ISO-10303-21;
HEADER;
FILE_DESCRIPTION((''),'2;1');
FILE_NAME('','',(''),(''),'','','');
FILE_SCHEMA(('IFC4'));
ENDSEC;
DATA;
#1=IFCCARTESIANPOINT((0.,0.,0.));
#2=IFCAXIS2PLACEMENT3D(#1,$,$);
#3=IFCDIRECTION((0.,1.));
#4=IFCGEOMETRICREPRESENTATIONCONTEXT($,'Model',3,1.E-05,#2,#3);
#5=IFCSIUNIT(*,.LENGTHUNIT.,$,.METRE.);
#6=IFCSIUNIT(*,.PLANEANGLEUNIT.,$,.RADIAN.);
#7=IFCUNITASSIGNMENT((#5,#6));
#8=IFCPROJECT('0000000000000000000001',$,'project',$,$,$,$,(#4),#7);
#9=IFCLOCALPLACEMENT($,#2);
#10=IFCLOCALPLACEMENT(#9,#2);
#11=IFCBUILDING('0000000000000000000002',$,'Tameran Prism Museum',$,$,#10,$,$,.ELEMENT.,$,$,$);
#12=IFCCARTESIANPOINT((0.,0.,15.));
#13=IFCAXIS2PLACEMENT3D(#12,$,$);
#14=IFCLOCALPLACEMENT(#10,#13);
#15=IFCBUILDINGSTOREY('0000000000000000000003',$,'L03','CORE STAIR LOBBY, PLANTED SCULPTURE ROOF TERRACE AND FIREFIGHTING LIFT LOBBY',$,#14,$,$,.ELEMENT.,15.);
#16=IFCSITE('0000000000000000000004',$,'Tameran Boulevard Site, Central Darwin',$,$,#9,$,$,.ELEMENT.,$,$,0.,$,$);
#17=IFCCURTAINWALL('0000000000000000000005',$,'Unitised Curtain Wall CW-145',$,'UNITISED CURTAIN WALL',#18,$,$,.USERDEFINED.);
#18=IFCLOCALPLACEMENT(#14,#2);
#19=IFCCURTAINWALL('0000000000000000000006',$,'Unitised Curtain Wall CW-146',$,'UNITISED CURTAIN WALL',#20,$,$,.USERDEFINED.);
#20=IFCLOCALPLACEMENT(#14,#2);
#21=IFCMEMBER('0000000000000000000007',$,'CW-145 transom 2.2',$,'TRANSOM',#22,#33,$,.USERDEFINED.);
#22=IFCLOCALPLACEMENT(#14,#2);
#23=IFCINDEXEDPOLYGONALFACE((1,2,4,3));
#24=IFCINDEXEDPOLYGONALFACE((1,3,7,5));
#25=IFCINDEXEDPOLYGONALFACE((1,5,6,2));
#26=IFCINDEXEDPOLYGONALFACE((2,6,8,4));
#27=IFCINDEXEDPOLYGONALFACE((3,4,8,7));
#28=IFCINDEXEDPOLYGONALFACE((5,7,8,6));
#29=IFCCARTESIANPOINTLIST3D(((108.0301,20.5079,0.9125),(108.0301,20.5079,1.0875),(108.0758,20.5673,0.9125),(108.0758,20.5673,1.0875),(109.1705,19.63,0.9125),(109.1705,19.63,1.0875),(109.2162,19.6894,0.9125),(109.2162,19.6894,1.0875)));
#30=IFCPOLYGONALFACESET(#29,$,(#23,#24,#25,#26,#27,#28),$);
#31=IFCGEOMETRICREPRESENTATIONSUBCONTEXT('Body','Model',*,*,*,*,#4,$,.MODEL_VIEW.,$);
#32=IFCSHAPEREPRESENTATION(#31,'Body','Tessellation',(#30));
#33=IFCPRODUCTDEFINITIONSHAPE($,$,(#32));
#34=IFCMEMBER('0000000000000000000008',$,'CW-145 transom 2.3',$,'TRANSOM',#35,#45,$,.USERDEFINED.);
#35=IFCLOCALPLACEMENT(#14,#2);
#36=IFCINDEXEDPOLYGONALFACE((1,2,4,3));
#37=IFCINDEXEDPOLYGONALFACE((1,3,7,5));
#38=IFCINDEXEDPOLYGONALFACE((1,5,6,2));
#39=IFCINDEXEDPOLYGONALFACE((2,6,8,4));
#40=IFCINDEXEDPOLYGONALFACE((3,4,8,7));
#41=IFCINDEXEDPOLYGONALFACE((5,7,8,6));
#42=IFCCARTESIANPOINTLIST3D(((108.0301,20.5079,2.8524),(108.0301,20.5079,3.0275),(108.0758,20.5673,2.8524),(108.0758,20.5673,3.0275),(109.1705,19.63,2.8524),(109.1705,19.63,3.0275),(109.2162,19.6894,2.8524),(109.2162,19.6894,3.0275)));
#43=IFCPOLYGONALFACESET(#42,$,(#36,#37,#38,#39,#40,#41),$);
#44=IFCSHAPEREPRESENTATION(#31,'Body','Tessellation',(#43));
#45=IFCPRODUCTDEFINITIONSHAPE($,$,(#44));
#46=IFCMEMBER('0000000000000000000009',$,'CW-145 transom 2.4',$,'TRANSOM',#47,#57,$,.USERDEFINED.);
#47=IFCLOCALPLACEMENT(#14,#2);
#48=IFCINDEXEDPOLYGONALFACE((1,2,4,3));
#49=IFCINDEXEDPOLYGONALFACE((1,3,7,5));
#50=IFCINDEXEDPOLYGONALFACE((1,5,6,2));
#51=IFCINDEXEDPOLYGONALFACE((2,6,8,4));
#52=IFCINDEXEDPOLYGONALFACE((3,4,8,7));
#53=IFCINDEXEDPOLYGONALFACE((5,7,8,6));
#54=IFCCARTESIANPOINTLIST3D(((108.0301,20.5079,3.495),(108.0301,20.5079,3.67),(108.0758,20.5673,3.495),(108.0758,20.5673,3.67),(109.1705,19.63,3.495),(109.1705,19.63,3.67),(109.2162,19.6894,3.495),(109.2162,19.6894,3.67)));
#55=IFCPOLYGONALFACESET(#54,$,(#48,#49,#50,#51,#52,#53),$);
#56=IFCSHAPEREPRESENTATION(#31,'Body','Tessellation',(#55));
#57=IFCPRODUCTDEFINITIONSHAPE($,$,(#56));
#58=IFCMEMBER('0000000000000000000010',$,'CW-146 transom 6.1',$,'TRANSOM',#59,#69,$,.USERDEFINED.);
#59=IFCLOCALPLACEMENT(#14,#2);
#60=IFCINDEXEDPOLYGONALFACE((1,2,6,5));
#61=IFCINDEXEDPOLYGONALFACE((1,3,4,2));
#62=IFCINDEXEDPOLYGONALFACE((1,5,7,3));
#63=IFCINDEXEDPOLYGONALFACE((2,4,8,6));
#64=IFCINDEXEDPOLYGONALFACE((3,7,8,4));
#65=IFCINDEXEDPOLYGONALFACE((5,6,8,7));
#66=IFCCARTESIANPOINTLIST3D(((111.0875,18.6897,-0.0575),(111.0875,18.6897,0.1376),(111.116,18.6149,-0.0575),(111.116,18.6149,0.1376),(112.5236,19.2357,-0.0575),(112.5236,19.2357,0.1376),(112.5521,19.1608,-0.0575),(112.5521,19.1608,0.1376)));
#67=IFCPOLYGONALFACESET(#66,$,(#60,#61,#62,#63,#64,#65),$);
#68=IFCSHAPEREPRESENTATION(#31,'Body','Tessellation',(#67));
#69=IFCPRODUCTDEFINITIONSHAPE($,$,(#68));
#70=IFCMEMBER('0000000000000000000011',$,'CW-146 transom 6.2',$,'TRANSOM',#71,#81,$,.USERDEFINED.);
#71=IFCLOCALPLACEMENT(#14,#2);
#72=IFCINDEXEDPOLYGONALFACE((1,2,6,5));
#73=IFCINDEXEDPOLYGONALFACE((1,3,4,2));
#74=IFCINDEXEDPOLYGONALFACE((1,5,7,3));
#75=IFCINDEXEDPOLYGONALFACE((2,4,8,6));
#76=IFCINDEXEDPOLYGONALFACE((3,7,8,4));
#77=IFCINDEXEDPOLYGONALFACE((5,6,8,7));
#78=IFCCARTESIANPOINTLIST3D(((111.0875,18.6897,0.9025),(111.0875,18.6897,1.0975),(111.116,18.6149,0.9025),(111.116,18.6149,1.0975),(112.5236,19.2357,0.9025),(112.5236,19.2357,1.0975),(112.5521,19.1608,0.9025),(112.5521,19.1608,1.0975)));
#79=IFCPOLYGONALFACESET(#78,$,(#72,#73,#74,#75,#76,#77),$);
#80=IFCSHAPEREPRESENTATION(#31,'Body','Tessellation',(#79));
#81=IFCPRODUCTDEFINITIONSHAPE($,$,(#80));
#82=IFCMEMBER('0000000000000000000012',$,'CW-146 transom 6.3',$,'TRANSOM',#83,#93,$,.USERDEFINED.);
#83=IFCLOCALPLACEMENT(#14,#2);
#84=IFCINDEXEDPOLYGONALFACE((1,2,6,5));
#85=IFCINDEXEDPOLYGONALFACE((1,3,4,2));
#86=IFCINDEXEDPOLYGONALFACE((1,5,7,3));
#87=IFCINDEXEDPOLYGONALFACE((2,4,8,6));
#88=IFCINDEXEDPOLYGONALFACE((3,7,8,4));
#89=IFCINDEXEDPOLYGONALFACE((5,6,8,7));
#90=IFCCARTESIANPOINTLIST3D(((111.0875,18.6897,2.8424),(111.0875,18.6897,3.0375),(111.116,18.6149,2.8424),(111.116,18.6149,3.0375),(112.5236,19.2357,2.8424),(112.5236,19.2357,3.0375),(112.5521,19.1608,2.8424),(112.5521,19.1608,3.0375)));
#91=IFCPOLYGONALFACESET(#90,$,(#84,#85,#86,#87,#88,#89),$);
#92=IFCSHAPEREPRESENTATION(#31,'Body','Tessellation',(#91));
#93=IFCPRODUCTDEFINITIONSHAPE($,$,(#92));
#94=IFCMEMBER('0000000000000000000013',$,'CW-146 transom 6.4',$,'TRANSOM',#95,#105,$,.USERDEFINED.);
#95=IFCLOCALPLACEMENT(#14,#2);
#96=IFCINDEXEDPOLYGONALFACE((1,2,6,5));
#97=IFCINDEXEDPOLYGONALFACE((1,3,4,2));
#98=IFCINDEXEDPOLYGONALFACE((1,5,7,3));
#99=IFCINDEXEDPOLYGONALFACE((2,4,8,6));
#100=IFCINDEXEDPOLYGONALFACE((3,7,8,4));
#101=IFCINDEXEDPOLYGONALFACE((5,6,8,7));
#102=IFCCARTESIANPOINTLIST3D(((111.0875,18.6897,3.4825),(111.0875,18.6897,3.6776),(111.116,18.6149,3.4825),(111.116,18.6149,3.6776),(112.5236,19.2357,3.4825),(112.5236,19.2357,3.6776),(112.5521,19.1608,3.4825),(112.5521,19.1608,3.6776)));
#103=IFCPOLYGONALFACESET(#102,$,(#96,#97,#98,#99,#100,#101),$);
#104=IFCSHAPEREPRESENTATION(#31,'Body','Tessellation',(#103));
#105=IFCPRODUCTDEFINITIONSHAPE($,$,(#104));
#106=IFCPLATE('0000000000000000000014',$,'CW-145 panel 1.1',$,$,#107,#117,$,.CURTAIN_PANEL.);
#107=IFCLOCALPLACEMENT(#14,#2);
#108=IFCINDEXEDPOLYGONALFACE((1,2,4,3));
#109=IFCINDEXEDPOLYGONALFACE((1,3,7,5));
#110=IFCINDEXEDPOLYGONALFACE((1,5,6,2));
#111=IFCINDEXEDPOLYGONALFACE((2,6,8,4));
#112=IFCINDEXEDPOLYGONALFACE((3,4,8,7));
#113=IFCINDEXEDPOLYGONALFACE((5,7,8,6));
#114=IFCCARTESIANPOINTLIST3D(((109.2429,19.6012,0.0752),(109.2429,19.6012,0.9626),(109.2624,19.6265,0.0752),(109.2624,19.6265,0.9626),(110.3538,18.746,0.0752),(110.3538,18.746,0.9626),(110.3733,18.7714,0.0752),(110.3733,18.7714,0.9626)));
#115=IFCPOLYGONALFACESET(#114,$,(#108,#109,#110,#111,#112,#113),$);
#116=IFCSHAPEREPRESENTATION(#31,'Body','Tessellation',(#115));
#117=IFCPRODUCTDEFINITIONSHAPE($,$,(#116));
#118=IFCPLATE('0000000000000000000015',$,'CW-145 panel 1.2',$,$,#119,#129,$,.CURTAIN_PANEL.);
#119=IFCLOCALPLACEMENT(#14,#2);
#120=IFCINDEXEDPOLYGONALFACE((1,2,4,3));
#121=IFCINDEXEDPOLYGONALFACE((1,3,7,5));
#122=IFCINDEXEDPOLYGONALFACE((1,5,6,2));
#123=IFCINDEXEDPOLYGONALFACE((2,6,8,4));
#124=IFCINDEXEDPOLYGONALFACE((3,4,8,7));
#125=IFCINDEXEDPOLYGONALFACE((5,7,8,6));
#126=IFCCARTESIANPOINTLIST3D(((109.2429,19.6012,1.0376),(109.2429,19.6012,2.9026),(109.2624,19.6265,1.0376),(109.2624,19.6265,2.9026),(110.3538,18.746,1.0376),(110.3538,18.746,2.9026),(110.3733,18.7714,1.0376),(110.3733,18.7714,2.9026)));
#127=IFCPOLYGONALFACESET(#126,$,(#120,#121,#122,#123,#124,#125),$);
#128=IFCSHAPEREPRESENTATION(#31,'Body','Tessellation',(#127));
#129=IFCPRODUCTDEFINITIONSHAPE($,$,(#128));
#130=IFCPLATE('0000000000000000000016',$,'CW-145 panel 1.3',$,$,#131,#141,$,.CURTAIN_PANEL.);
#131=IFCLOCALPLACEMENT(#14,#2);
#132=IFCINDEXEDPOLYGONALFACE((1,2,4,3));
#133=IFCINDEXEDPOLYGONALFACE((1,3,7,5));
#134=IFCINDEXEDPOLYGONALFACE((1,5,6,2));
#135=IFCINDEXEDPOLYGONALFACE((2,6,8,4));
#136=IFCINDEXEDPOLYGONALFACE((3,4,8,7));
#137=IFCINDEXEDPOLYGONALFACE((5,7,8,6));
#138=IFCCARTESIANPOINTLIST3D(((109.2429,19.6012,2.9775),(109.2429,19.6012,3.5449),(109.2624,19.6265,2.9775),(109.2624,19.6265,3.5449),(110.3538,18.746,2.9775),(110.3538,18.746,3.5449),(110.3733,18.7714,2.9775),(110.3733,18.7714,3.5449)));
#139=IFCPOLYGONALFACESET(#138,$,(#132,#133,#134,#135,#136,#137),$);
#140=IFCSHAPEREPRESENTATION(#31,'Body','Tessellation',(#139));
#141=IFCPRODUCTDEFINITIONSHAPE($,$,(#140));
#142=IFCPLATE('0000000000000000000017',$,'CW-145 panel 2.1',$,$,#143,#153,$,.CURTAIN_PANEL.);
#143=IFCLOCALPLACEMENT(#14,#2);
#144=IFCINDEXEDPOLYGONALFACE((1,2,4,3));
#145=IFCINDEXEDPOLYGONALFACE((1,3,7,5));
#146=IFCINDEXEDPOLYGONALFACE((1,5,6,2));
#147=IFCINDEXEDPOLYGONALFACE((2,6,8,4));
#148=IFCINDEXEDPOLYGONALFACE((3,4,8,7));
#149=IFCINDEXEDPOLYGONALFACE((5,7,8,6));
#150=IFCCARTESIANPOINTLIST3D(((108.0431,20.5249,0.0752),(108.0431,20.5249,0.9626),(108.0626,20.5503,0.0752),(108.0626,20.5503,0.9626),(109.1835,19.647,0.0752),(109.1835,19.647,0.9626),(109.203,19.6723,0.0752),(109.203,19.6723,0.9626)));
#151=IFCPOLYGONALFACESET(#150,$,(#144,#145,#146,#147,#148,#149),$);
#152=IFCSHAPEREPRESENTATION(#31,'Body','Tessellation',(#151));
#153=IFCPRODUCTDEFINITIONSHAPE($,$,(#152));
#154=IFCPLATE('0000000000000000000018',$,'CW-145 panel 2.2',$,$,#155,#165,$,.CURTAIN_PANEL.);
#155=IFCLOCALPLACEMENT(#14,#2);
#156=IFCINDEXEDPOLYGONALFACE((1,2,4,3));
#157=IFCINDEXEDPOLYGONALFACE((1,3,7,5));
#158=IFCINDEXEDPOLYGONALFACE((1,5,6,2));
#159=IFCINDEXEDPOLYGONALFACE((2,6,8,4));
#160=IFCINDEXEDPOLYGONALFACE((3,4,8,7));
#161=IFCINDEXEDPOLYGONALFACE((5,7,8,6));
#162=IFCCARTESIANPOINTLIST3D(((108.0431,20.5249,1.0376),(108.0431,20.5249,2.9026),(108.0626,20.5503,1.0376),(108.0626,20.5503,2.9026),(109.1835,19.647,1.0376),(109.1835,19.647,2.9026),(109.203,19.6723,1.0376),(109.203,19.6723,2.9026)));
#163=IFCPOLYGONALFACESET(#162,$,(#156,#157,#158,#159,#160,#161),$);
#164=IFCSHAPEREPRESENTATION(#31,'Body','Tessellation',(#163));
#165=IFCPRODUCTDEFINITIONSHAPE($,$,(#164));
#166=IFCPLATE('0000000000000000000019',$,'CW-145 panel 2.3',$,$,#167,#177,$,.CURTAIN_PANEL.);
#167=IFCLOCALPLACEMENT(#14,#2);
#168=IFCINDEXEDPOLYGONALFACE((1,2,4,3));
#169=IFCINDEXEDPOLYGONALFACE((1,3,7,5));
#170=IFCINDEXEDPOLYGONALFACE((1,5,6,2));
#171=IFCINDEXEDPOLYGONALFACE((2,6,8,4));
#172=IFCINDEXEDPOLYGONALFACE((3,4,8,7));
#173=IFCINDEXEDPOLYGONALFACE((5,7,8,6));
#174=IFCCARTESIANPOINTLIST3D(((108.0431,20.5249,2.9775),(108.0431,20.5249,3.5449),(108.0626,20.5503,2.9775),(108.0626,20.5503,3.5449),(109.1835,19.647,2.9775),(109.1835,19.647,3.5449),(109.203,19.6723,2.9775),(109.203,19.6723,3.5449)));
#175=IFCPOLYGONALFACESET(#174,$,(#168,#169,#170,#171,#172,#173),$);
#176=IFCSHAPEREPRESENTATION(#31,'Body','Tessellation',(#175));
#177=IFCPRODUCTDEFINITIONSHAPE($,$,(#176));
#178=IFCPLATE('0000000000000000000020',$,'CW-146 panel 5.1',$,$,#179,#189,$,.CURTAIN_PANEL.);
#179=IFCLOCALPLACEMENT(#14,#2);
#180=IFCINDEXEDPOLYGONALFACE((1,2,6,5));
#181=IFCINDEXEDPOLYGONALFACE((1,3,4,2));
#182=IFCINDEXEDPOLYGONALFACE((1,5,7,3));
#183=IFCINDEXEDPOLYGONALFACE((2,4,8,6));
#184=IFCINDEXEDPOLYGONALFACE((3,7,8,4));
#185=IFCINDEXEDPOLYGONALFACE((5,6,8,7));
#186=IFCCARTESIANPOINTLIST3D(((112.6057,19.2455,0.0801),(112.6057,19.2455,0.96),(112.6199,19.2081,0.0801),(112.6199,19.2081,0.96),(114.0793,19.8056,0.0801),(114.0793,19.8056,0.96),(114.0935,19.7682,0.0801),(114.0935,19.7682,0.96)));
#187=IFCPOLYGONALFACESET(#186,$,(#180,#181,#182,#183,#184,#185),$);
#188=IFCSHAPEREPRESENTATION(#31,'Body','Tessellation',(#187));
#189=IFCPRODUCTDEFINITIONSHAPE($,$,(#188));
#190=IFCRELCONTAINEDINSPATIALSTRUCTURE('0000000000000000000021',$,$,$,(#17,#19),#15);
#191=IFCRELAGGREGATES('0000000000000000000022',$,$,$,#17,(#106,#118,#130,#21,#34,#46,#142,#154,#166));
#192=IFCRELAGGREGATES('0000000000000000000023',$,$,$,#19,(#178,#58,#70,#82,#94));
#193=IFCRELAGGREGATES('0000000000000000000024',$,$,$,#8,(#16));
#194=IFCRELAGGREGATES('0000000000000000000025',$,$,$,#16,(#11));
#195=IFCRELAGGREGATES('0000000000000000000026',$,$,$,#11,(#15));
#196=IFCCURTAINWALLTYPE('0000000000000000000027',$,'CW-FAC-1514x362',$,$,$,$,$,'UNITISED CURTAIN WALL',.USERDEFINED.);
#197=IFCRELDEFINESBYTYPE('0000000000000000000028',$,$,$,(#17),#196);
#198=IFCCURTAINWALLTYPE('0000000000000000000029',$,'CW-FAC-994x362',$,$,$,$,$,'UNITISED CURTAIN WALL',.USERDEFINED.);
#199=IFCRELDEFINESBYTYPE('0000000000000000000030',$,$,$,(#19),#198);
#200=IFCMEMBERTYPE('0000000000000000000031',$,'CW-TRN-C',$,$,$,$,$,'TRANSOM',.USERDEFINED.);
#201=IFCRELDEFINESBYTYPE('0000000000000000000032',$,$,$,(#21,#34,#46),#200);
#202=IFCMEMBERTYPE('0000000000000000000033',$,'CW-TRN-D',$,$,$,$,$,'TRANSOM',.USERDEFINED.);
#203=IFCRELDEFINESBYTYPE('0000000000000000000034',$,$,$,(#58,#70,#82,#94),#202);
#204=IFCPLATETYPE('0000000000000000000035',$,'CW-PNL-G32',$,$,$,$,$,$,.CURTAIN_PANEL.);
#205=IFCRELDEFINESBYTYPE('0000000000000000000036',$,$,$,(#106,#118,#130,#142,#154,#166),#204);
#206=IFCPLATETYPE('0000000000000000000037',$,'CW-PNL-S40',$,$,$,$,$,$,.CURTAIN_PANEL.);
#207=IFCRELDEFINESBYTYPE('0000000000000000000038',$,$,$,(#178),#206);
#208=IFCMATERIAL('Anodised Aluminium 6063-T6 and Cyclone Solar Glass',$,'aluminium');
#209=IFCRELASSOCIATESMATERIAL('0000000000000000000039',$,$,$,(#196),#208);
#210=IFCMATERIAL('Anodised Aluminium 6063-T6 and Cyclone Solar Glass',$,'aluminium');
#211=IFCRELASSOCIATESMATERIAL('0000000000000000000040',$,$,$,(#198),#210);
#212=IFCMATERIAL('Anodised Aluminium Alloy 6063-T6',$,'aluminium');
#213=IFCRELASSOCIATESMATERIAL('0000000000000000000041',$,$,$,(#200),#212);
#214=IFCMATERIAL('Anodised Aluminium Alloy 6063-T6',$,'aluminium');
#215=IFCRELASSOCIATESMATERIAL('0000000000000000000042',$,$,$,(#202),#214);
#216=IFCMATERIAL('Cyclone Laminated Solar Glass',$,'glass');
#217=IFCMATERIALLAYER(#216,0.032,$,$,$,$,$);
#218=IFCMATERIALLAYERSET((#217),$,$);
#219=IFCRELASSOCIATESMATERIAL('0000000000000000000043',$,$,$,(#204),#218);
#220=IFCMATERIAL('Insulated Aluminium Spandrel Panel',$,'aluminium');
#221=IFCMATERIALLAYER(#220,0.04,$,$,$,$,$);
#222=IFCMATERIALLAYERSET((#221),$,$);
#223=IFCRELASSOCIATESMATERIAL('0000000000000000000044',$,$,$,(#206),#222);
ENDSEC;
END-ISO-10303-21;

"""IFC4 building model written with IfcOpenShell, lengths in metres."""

from ifc_helpers import new_model, si_unit, direction, frame, origin, origin_2d, place, context, subcontext, project, spatial, rectangle, extrude, material, layer, layer_set, material_profile, profile_set, type_object, element, aggregate, save


model = new_model("IFC4")

# Units and contexts
model_context = context("Model", 3, precision=1e-05, world=origin(), true_north=direction((0.0, 1.0)))
body_context = subcontext(model_context, "Body", "Model", "MODEL_VIEW")
ifc_project = project(units=[si_unit("LENGTHUNIT", "METRE"), si_unit("PLANEANGLEUNIT", "RADIAN")], contexts=[model_context])

# Site, building, storey
site_placement = place(None, origin())
site = spatial("IfcSite", under=ifc_project, at=site_placement, Name="Tameran Boulevard Site, Central Darwin", CompositionType="ELEMENT", RefElevation=0.0)
building_placement = place(site_placement, origin())
building = spatial("IfcBuilding", under=site, at=building_placement, Name="Tameran Prism Museum", CompositionType="ELEMENT")
storey_placement = place(building_placement, frame((0.0, 0.0, 15.0)))
storey = spatial("IfcBuildingStorey", under=building, at=storey_placement, Name="L03", Description="CORE STAIR LOBBY, PLANTED SCULPTURE ROOF TERRACE AND FIREFIGHTING LIFT LOBBY", CompositionType="ELEMENT", Elevation=15.0)

# Curtain walls
ifc_material_1 = material(Name="Anodised Aluminium 6063-T6 and Cyclone Solar Glass", Category="aluminium")
curtain_wall_type_1 = type_object("IfcCurtainWallType", Name="CW-FAC-1514x362", ElementType="UNITISED CURTAIN WALL", PredefinedType="USERDEFINED", material=ifc_material_1)
curtain_wall_1_placement = place(storey_placement, origin())
curtain_wall_1 = element("IfcCurtainWall", 1, at=curtain_wall_1_placement, inside=storey, type_object=curtain_wall_type_1, Name="Unitised Curtain Wall CW-145", ObjectType="UNITISED CURTAIN WALL", PredefinedType="USERDEFINED")
ifc_material_2 = material(Name="Anodised Aluminium 6063-T6 and Cyclone Solar Glass", Category="aluminium")
curtain_wall_type_2 = type_object("IfcCurtainWallType", Name="CW-FAC-994x362", ElementType="UNITISED CURTAIN WALL", PredefinedType="USERDEFINED", material=ifc_material_2)
curtain_wall_2_placement = place(storey_placement, origin())
curtain_wall_2 = element("IfcCurtainWall", 2, at=curtain_wall_2_placement, inside=storey, type_object=curtain_wall_type_2, Name="Unitised Curtain Wall CW-146", ObjectType="UNITISED CURTAIN WALL", PredefinedType="USERDEFINED")

# Members
ifc_material_3 = material(Name="Anodised Aluminium Alloy 6063-T6", Category="aluminium")
ifc_material_profile_1 = material_profile(ifc_material_3, rectangle(XDim=0.075, YDim=0.175, at=origin_2d()))
ifc_profile_set_1 = profile_set([ifc_material_profile_1])
member_type_1 = type_object("IfcMemberType", Name="CW-TRN-C", ElementType="TRANSOM", PredefinedType="USERDEFINED", material=ifc_profile_set_1)
member_1_placement = place(storey_placement, frame((109.1934, 19.6597, 1.0), z_axis=(-0.792384, 0.610022, 0.0), x_axis=(-0.610022, -0.792384, 0.0)))
member_1 = element("IfcMember", 3, at=member_1_placement, type_object=member_type_1, Name="CW-145 transom 2.2", ObjectType="TRANSOM", PredefinedType="USERDEFINED", context=body_context, shape_type="SweptSolid", body=[
    extrude(rectangle(XDim=0.075, YDim=0.175, at=origin_2d()), origin(), (0.0, 0.0, 1.0), 1.4392),
])
member_2_placement = place(storey_placement, frame((109.1934, 19.6597, 2.9399), z_axis=(-0.792384, 0.610022, 0.0), x_axis=(-0.610022, -0.792384, 0.0)))
member_2 = element("IfcMember", 4, at=member_2_placement, type_object=member_type_1, Name="CW-145 transom 2.3", ObjectType="TRANSOM", PredefinedType="USERDEFINED", context=body_context, shape_type="SweptSolid", body=[
    extrude(rectangle(XDim=0.075, YDim=0.175, at=origin_2d()), origin(), (0.0, 0.0, 1.0), 1.4392),
])
member_3_placement = place(storey_placement, frame((109.1934, 19.6597, 3.5825), z_axis=(-0.792384, 0.610022, 0.0), x_axis=(-0.610022, -0.792384, 0.0)))
member_3 = element("IfcMember", 5, at=member_3_placement, type_object=member_type_1, Name="CW-145 transom 2.4", ObjectType="TRANSOM", PredefinedType="USERDEFINED", context=body_context, shape_type="SweptSolid", body=[
    extrude(rectangle(XDim=0.075, YDim=0.175, at=origin_2d()), origin(), (0.0, 0.0, 1.0), 1.4392),
])
ifc_material_4 = material(Name="Anodised Aluminium Alloy 6063-T6", Category="aluminium")
ifc_material_profile_2 = material_profile(ifc_material_4, rectangle(XDim=0.0801, YDim=0.1951, at=origin_2d()))
ifc_profile_set_2 = profile_set([ifc_material_profile_2])
member_type_2 = type_object("IfcMemberType", Name="CW-TRN-D", ElementType="TRANSOM", PredefinedType="USERDEFINED", material=ifc_profile_set_2)
member_4_placement = place(storey_placement, frame((112.5378, 19.1982, 0.04), z_axis=(-0.934739, -0.355334, 0.0), x_axis=(0.355334, -0.934739, 0.0)))
member_4 = element("IfcMember", 6, at=member_4_placement, type_object=member_type_2, Name="CW-146 transom 6.1", ObjectType="TRANSOM", PredefinedType="USERDEFINED", context=body_context, shape_type="SweptSolid", body=[
    extrude(rectangle(XDim=0.0801, YDim=0.1951, at=origin_2d()), origin(), (0.0, 0.0, 1.0), 1.5364),
])
member_5_placement = place(storey_placement, frame((112.5378, 19.1982, 1.0), z_axis=(-0.934739, -0.355334, 0.0), x_axis=(0.355334, -0.934739, 0.0)))
member_5 = element("IfcMember", 7, at=member_5_placement, type_object=member_type_2, Name="CW-146 transom 6.2", ObjectType="TRANSOM", PredefinedType="USERDEFINED", context=body_context, shape_type="SweptSolid", body=[
    extrude(rectangle(XDim=0.0801, YDim=0.1951, at=origin_2d()), origin(), (0.0, 0.0, 1.0), 1.5364),
])
member_6_placement = place(storey_placement, frame((112.5378, 19.1982, 2.9399), z_axis=(-0.934739, -0.355334, 0.0), x_axis=(0.355334, -0.934739, 0.0)))
member_6 = element("IfcMember", 8, at=member_6_placement, type_object=member_type_2, Name="CW-146 transom 6.3", ObjectType="TRANSOM", PredefinedType="USERDEFINED", context=body_context, shape_type="SweptSolid", body=[
    extrude(rectangle(XDim=0.0801, YDim=0.1951, at=origin_2d()), origin(), (0.0, 0.0, 1.0), 1.5364),
])
member_7_placement = place(storey_placement, frame((112.5378, 19.1982, 3.5801), z_axis=(-0.934739, -0.355334, 0.0), x_axis=(0.355334, -0.934739, 0.0)))
member_7 = element("IfcMember", 9, at=member_7_placement, type_object=member_type_2, Name="CW-146 transom 6.4", ObjectType="TRANSOM", PredefinedType="USERDEFINED", context=body_context, shape_type="SweptSolid", body=[
    extrude(rectangle(XDim=0.0801, YDim=0.1951, at=origin_2d()), origin(), (0.0, 0.0, 1.0), 1.5364),
])

# Plates
ifc_material_5 = material(Name="Cyclone Laminated Solar Glass", Category="glass")
ifc_layer_1 = layer(ifc_material_5, 0.032)
ifc_layer_set_1 = layer_set([ifc_layer_1])
plate_type_1 = type_object("IfcPlateType", Name="CW-PNL-G32", PredefinedType="CURTAIN_PANEL", material=ifc_layer_set_1)
plate_1_placement = place(storey_placement, frame((109.8081, 19.1863, 0.0752), z_axis=(0.0, 0.0, 1.0), x_axis=(-0.792401, 0.610001, 0.0)))
plate_1 = element("IfcPlate", 10, at=plate_1_placement, type_object=plate_type_1, Name="CW-145 panel 1.1", PredefinedType="CURTAIN_PANEL", context=body_context, shape_type="SweptSolid", body=[
    extrude(rectangle(XDim=1.4019, YDim=0.032, at=origin_2d()), origin(), (0.0, 0.0, 1.0), 0.8875),
])
plate_2_placement = place(storey_placement, frame((109.8081, 19.1863, 1.0376), z_axis=(0.0, 0.0, 1.0), x_axis=(-0.792401, 0.610001, 0.0)))
plate_2 = element("IfcPlate", 11, at=plate_2_placement, type_object=plate_type_1, Name="CW-145 panel 1.2", PredefinedType="CURTAIN_PANEL", context=body_context, shape_type="SweptSolid", body=[
    extrude(rectangle(XDim=1.4019, YDim=0.032, at=origin_2d()), origin(), (0.0, 0.0, 1.0), 1.865),
])
plate_3_placement = place(storey_placement, frame((109.8081, 19.1863, 2.9775), z_axis=(0.0, 0.0, 1.0), x_axis=(-0.792401, 0.610001, 0.0)))
plate_3 = element("IfcPlate", 12, at=plate_3_placement, type_object=plate_type_1, Name="CW-145 panel 1.3", PredefinedType="CURTAIN_PANEL", context=body_context, shape_type="SweptSolid", body=[
    extrude(rectangle(XDim=1.4019, YDim=0.032, at=origin_2d()), origin(), (0.0, 0.0, 1.0), 0.5674),
])
plate_4_placement = place(storey_placement, frame((108.623, 20.0986, 0.0752), z_axis=(0.0, 0.0, 1.0), x_axis=(-0.792401, 0.610001, 0.0)))
plate_4 = element("IfcPlate", 13, at=plate_4_placement, type_object=plate_type_1, Name="CW-145 panel 2.1", PredefinedType="CURTAIN_PANEL", context=body_context, shape_type="SweptSolid", body=[
    extrude(rectangle(XDim=1.4392, YDim=0.032, at=origin_2d()), origin(), (0.0, 0.0, 1.0), 0.8875),
])
plate_5_placement = place(storey_placement, frame((108.623, 20.0986, 1.0376), z_axis=(0.0, 0.0, 1.0), x_axis=(-0.792401, 0.610001, 0.0)))
plate_5 = element("IfcPlate", 14, at=plate_5_placement, type_object=plate_type_1, Name="CW-145 panel 2.2", PredefinedType="CURTAIN_PANEL", context=body_context, shape_type="SweptSolid", body=[
    extrude(rectangle(XDim=1.4392, YDim=0.032, at=origin_2d()), origin(), (0.0, 0.0, 1.0), 1.865),
])
plate_6_placement = place(storey_placement, frame((108.623, 20.0986, 2.9775), z_axis=(0.0, 0.0, 1.0), x_axis=(-0.792401, 0.610001, 0.0)))
plate_6 = element("IfcPlate", 15, at=plate_6_placement, type_object=plate_type_1, Name="CW-145 panel 2.3", PredefinedType="CURTAIN_PANEL", context=body_context, shape_type="SweptSolid", body=[
    extrude(rectangle(XDim=1.4392, YDim=0.032, at=origin_2d()), origin(), (0.0, 0.0, 1.0), 0.5674),
])
aggregate(curtain_wall_1, [plate_1, plate_2, plate_3, member_1, member_2, member_3, plate_4, plate_5, plate_6])
ifc_material_6 = material(Name="Insulated Aluminium Spandrel Panel", Category="aluminium")
ifc_layer_2 = layer(ifc_material_6, 0.04)
ifc_layer_set_2 = layer_set([ifc_layer_2])
plate_type_2 = type_object("IfcPlateType", Name="CW-PNL-S40", PredefinedType="CURTAIN_PANEL", material=ifc_layer_set_2)
plate_7_placement = place(storey_placement, frame((113.3496, 19.5068, 0.0801), z_axis=(0.0, 0.0, 1.0), x_axis=(-0.934757, -0.355288, 0.0)))
plate_7 = element("IfcPlate", 16, at=plate_7_placement, type_object=plate_type_2, Name="CW-146 panel 5.1", PredefinedType="CURTAIN_PANEL", context=body_context, shape_type="SweptSolid", body=[
    extrude(rectangle(XDim=1.5764, YDim=0.04, at=origin_2d()), origin(), (0.0, 0.0, 1.0), 0.8799),
])
aggregate(curtain_wall_2, [plate_7, member_4, member_5, member_6, member_7])

save(model, "model.ifc")
